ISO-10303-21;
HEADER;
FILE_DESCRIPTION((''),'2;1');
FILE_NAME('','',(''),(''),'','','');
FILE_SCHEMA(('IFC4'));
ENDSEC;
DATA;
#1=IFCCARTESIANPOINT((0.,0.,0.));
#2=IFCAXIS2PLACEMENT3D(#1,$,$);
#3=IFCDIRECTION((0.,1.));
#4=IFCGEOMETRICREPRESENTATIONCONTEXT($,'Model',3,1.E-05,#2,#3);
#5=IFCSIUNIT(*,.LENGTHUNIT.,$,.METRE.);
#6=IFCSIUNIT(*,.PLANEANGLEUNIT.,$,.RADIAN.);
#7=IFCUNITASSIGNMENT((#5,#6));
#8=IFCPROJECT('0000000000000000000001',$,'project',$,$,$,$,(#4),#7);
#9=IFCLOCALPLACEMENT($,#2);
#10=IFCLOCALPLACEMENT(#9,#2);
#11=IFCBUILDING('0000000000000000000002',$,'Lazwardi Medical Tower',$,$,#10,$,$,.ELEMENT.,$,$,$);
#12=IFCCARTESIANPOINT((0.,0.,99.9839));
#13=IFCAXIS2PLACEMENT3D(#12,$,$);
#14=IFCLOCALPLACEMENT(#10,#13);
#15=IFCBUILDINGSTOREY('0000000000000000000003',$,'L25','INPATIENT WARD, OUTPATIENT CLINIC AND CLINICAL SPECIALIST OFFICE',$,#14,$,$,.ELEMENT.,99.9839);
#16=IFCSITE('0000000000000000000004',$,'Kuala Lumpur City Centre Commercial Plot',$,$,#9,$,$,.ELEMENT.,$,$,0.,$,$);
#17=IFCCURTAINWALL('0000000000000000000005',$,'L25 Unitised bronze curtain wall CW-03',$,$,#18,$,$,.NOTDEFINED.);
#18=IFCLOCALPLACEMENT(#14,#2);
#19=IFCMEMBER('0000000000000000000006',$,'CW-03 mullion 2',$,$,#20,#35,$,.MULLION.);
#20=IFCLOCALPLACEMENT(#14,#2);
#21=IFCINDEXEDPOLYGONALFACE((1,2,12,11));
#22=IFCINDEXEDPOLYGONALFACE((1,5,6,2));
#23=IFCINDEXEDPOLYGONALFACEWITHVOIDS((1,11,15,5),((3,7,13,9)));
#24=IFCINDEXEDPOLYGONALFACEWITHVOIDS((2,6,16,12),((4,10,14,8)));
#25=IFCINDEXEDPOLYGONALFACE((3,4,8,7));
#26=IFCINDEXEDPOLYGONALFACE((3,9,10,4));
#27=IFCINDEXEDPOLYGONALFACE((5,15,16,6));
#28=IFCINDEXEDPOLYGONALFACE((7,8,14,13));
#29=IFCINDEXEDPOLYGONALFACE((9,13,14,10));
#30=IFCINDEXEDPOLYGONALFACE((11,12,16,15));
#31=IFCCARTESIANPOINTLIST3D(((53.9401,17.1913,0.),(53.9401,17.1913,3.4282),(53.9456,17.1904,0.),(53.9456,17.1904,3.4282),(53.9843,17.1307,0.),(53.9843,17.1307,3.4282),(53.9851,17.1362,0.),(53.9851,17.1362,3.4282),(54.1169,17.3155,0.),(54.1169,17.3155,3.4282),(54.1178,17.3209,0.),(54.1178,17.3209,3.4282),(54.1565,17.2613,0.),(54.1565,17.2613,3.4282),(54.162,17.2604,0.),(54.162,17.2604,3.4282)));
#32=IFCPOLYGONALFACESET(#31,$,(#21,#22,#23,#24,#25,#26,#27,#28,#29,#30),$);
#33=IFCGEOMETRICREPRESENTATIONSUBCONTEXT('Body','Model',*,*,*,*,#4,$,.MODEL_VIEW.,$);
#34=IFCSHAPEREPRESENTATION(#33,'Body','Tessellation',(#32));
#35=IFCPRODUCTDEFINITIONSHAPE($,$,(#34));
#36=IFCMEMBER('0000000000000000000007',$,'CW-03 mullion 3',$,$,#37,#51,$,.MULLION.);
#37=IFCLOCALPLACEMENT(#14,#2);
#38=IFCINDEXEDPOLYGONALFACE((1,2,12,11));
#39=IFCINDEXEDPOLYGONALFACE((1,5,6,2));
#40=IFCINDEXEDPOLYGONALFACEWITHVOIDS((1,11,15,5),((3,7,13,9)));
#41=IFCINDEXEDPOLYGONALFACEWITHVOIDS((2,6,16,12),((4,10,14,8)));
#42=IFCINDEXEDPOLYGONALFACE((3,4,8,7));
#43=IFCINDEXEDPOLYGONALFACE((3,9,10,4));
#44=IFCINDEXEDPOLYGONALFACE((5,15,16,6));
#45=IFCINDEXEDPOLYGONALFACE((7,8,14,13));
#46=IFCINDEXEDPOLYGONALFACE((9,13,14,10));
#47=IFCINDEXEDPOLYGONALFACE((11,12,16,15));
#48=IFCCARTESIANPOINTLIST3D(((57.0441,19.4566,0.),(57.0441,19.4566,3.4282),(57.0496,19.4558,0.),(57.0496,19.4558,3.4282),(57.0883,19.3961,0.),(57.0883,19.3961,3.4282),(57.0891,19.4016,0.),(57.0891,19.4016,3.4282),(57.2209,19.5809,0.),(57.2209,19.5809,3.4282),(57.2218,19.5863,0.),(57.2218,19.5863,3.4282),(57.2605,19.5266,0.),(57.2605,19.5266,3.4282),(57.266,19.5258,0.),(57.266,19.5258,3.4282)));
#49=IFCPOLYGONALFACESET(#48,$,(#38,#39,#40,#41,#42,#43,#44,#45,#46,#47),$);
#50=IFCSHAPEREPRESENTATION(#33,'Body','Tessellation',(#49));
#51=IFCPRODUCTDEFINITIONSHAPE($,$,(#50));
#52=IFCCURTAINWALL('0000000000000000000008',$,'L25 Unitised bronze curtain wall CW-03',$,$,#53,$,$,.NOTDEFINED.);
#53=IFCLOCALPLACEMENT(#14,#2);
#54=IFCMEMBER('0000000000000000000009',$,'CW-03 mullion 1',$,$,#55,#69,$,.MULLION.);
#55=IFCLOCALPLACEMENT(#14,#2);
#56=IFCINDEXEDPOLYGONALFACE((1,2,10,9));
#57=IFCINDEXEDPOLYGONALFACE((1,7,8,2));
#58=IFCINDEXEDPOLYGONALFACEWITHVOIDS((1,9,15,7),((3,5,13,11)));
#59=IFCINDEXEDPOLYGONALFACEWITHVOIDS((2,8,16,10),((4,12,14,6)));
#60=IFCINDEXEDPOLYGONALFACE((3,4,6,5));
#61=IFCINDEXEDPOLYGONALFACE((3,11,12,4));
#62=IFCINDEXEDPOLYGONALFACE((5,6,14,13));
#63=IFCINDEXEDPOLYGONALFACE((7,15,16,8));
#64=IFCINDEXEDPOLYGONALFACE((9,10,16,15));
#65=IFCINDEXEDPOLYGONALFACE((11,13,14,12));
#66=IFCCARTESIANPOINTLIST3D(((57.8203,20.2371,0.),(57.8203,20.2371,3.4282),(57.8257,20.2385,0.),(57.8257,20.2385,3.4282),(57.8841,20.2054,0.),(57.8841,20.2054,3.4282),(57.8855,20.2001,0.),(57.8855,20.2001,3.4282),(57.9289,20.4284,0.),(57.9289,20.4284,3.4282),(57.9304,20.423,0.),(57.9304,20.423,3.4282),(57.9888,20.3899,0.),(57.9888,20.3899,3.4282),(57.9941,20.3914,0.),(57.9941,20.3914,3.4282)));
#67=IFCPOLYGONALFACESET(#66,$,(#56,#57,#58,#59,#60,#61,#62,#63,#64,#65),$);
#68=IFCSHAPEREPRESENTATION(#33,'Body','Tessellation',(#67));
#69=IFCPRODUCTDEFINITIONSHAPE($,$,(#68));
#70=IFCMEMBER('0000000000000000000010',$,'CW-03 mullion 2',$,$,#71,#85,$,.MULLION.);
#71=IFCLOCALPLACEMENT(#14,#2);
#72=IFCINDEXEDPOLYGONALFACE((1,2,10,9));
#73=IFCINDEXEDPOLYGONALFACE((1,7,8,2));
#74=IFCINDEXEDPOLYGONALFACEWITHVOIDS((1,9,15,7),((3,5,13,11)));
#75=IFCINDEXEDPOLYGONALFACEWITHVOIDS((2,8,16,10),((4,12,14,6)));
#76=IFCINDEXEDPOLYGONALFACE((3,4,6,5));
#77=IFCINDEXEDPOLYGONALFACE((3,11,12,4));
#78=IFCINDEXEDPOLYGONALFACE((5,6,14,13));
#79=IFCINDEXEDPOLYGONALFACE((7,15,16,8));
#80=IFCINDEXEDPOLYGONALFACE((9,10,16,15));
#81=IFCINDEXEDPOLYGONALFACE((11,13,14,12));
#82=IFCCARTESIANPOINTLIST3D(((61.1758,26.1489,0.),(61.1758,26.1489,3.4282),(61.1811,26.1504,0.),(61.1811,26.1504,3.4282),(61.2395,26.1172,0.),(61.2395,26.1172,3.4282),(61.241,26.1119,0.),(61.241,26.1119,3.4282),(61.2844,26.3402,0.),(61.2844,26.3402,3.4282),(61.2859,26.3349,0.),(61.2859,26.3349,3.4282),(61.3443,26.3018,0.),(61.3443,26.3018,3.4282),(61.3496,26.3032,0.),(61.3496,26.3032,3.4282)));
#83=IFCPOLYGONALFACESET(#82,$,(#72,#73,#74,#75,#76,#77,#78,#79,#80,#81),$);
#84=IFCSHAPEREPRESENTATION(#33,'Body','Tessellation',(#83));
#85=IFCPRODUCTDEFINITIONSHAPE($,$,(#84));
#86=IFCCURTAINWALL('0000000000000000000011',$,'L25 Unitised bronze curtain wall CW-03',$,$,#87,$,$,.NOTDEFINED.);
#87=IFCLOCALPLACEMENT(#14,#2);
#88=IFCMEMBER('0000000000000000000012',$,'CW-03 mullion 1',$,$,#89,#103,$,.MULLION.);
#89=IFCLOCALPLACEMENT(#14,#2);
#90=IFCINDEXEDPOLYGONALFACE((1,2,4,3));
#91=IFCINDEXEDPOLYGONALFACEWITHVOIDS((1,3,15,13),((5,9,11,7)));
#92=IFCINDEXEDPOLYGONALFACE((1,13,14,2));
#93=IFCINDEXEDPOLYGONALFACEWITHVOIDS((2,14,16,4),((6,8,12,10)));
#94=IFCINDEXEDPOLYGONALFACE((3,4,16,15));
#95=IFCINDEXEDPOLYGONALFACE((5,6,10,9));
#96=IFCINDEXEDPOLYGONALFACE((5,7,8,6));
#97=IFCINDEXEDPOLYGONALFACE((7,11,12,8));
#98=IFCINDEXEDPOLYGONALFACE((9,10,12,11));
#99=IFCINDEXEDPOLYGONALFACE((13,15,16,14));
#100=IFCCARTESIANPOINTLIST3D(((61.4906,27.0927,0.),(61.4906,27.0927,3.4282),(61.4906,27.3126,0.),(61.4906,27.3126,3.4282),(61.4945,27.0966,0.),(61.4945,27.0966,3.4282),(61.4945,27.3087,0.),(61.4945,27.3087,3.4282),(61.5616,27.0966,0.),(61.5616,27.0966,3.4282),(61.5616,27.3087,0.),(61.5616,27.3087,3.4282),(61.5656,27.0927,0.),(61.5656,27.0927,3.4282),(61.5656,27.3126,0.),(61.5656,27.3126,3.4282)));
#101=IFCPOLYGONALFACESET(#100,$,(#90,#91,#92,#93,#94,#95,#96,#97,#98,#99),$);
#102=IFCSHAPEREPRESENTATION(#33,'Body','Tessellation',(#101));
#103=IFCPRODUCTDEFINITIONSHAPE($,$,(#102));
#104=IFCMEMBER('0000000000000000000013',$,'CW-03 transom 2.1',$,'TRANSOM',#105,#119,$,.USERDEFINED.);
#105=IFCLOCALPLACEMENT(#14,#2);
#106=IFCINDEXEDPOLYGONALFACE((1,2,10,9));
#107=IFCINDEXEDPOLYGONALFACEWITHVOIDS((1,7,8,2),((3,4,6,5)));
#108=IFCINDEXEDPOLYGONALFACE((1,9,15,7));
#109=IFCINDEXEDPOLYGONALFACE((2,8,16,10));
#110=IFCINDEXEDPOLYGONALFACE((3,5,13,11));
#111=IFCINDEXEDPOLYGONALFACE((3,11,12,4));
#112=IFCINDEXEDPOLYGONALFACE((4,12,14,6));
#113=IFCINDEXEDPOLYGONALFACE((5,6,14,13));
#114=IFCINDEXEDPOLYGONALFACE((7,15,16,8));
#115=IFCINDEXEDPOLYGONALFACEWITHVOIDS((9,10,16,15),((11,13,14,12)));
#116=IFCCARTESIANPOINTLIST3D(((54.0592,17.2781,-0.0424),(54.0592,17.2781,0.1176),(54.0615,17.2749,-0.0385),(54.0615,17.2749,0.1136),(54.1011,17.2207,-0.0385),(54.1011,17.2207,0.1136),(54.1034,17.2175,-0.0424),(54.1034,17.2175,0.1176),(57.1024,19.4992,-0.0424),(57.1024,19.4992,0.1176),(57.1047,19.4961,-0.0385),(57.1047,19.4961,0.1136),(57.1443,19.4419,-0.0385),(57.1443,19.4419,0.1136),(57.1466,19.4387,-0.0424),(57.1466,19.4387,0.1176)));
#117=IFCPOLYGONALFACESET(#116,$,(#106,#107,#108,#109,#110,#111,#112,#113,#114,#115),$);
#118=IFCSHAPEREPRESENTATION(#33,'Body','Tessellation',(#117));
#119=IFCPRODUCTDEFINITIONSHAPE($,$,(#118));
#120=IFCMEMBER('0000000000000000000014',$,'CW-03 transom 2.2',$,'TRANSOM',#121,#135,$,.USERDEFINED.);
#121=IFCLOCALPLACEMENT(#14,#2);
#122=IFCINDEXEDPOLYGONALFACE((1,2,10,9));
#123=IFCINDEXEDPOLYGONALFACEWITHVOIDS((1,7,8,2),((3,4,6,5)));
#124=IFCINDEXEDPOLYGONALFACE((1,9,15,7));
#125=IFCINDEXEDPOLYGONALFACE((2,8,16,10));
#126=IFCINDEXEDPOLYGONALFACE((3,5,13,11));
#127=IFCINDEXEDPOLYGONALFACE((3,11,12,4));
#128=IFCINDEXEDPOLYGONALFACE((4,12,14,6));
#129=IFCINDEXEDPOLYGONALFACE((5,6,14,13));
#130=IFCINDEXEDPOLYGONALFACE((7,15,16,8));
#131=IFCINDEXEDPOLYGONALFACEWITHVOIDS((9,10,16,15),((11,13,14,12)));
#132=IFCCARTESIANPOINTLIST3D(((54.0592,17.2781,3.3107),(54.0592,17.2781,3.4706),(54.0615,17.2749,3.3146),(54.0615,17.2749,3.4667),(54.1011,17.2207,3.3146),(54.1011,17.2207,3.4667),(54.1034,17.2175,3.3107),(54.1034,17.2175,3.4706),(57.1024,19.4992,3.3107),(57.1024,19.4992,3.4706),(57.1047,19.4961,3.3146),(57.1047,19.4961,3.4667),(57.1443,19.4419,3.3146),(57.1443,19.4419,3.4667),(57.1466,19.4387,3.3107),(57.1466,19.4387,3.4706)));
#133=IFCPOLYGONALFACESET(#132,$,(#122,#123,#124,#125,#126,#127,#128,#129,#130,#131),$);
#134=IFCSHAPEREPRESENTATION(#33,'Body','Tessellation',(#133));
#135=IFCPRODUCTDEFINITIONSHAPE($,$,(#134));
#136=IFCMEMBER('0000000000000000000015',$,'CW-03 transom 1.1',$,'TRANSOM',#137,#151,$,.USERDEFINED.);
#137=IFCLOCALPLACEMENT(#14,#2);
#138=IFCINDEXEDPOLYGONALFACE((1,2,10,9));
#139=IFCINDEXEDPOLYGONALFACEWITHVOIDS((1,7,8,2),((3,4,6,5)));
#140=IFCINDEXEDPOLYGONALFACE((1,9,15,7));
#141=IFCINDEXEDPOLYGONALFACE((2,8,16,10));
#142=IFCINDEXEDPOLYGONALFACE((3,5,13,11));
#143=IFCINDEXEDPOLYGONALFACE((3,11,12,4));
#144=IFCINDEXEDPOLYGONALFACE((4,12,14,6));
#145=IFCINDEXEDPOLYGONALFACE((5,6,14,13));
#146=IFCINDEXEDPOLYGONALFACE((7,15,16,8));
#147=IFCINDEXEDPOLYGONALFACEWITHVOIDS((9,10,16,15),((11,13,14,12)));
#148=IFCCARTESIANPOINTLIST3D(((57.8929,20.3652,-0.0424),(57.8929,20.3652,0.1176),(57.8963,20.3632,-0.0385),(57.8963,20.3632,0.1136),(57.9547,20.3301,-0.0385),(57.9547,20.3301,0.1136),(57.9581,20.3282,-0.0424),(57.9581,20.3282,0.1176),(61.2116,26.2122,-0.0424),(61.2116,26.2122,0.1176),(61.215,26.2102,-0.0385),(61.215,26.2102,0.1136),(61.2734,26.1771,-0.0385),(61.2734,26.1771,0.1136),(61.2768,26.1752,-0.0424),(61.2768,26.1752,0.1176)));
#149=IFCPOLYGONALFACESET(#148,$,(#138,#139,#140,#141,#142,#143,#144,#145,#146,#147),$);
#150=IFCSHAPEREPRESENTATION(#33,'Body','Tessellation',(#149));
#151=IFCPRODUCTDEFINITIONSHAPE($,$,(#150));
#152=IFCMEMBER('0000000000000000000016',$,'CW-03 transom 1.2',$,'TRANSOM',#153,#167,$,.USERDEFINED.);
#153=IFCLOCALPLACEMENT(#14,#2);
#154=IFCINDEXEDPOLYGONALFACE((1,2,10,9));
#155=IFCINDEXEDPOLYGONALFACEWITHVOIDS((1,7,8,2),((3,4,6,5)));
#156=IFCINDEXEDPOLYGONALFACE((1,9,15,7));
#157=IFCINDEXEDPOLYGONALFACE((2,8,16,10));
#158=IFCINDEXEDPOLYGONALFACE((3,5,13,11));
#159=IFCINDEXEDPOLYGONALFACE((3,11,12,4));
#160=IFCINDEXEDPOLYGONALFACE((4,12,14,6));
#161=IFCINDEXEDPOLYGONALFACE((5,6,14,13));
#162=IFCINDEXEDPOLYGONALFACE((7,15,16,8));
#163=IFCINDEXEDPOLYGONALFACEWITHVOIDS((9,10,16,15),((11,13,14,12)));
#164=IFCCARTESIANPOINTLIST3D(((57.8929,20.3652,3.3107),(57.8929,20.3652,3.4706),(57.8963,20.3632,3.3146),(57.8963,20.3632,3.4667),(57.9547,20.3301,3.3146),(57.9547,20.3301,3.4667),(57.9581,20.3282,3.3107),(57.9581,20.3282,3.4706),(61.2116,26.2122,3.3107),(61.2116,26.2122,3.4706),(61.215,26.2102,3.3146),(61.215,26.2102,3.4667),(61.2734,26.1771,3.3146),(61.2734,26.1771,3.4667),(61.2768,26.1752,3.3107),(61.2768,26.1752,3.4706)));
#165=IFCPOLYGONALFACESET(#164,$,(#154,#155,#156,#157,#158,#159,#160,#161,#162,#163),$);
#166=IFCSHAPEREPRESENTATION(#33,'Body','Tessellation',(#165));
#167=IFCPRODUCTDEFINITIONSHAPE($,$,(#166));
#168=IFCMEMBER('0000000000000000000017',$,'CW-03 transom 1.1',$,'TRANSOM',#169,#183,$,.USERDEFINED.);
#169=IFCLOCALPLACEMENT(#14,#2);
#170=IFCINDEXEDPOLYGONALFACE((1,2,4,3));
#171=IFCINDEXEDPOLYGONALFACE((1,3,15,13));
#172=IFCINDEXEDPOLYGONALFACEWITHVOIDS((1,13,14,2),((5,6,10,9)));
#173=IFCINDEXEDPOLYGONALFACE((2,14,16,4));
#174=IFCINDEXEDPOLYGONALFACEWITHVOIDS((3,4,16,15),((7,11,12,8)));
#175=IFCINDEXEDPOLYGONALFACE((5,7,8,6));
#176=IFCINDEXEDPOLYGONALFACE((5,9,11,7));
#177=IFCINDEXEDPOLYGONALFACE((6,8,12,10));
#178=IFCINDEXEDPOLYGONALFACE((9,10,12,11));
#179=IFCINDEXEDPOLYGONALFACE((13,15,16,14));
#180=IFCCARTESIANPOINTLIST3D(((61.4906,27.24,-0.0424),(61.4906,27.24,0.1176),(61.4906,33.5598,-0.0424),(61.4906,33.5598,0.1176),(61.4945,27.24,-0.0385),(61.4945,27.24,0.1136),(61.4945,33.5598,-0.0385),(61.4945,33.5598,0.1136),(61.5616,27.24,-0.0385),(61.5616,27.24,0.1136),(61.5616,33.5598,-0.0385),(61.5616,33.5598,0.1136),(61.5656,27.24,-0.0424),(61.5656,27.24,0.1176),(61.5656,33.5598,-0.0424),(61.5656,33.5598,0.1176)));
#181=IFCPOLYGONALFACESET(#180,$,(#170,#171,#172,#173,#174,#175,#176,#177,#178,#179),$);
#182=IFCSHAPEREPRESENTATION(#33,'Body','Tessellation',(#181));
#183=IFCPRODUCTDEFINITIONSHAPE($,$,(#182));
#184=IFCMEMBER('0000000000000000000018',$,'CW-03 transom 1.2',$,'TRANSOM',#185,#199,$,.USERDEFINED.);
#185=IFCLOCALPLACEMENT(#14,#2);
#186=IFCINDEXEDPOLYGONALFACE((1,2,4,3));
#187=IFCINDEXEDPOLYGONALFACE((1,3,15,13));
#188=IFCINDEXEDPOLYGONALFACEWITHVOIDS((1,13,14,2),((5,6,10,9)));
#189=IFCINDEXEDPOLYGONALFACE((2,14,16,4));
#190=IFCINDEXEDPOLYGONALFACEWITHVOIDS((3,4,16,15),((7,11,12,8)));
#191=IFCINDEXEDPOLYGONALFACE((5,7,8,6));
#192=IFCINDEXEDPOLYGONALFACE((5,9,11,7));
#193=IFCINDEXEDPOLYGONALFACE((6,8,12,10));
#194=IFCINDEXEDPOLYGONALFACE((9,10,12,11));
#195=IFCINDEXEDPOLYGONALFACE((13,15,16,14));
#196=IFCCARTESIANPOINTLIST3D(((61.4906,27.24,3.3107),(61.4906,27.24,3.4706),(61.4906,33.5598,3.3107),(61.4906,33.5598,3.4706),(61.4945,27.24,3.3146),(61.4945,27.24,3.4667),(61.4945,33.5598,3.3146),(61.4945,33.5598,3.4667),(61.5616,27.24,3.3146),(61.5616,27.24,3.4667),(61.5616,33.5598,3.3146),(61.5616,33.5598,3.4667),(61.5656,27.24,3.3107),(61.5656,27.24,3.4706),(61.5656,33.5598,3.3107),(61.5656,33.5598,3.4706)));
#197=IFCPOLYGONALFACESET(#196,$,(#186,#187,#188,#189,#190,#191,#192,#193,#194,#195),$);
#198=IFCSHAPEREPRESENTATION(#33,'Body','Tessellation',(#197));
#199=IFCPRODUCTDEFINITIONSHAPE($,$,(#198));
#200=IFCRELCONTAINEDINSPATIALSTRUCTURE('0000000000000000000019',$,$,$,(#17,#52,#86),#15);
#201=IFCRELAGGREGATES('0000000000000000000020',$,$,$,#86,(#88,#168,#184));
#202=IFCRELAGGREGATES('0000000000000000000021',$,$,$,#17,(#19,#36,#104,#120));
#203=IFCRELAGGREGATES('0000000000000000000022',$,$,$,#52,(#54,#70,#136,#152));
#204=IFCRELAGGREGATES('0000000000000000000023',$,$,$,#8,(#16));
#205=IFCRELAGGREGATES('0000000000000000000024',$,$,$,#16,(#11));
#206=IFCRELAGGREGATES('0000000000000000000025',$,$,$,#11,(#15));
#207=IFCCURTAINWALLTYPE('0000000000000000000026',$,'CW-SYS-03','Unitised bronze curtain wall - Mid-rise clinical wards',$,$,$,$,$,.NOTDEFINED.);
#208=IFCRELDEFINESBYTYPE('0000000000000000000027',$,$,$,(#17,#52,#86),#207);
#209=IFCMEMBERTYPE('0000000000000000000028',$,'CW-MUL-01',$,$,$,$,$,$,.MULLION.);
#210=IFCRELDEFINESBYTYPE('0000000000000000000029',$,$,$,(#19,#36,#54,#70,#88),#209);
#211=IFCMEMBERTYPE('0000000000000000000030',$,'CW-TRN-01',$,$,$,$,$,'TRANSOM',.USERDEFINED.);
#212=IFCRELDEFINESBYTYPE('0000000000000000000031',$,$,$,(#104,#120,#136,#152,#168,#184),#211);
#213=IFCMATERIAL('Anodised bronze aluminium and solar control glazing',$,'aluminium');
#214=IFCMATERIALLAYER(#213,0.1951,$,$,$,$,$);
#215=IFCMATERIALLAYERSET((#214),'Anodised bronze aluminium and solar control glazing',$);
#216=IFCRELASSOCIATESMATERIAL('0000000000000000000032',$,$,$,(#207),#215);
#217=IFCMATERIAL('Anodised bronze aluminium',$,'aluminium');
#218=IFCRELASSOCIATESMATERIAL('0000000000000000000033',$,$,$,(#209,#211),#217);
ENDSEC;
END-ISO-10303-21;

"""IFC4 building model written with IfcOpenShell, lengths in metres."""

from ifc_helpers import new_model, si_unit, direction, frame, origin, origin_2d, place, context, subcontext, project, spatial, hollow_rectangle, extrude, material, layer, layer_set, material_profile, profile_set, type_object, element, aggregate, save


model = new_model("IFC4")

# Units and contexts
model_context = context("Model", 3, precision=1e-05, world=origin(), true_north=direction((0.0, 1.0)))
body_context = subcontext(model_context, "Body", "Model", "MODEL_VIEW")
ifc_project = project(units=[si_unit("LENGTHUNIT", "METRE"), si_unit("PLANEANGLEUNIT", "RADIAN")], contexts=[model_context])

# Site, building, storey
site_placement = place(None, origin())
site = spatial("IfcSite", under=ifc_project, at=site_placement, Name="Kuala Lumpur City Centre Commercial Plot", CompositionType="ELEMENT", RefElevation=0.0)
building_placement = place(site_placement, origin())
building = spatial("IfcBuilding", under=site, at=building_placement, Name="Lazwardi Medical Tower", CompositionType="ELEMENT")
storey_placement = place(building_placement, frame((0.0, 0.0, 99.9839)))
storey = spatial("IfcBuildingStorey", under=building, at=storey_placement, Name="L25", Description="INPATIENT WARD, OUTPATIENT CLINIC AND CLINICAL SPECIALIST OFFICE", CompositionType="ELEMENT", Elevation=99.9839)

# Curtain walls, members
ifc_material_1 = material(Name="Anodised bronze aluminium and solar control glazing", Category="aluminium")
ifc_layer_1 = layer(ifc_material_1, 0.1951)
ifc_layer_set_1 = layer_set([ifc_layer_1], Name="Anodised bronze aluminium and solar control glazing")
curtain_wall_type = type_object("IfcCurtainWallType", Name="CW-SYS-03", Description="Unitised bronze curtain wall - Mid-rise clinical wards", PredefinedType="NOTDEFINED", material=ifc_layer_set_1)
curtain_wall_1_placement = place(storey_placement, origin())
curtain_wall_1 = element("IfcCurtainWall", 1, at=curtain_wall_1_placement, inside=storey, type_object=curtain_wall_type, Name="L25 Unitised bronze curtain wall CW-03", PredefinedType="NOTDEFINED")
ifc_material_2 = material(Name="Anodised bronze aluminium", Category="aluminium")
ifc_material_profile_1 = material_profile(ifc_material_2, hollow_rectangle(XDim=0.075, YDim=0.22, WallThickness=0.0039, at=origin_2d()), Name="ALU-MULLION 220x75x4")
ifc_profile_set_1 = profile_set([ifc_material_profile_1], Name="Anodised bronze aluminium")
member_type_1 = type_object("IfcMemberType", Name="CW-MUL-01", PredefinedType="MULLION", material=ifc_profile_set_1)
member_1_placement = place(storey_placement, frame((54.051, 17.2258, 0.0), z_axis=(0.0, 0.0, 1.0), x_axis=(-0.589531, 0.807746, 0.0)))
member_1 = element("IfcMember", 2, at=member_1_placement, type_object=member_type_1, Name="CW-03 mullion 2", PredefinedType="MULLION", context=body_context, shape_type="SweptSolid", body=[
    extrude(hollow_rectangle(XDim=0.075, YDim=0.22, WallThickness=0.0039, at=origin_2d()), origin(), (0.0, 0.0, 1.0), 3.4282),
])
member_2_placement = place(storey_placement, frame((57.155, 19.4912, 0.0), z_axis=(0.0, 0.0, 1.0), x_axis=(-0.589531, 0.807746, 0.0)))
member_2 = element("IfcMember", 3, at=member_2_placement, type_object=member_type_1, Name="CW-03 mullion 3", PredefinedType="MULLION", context=body_context, shape_type="SweptSolid", body=[
    extrude(hollow_rectangle(XDim=0.075, YDim=0.22, WallThickness=0.0039, at=origin_2d()), origin(), (0.0, 0.0, 1.0), 3.4282),
])
curtain_wall_2_placement = place(storey_placement, origin())
curtain_wall_2 = element("IfcCurtainWall", 4, at=curtain_wall_2_placement, inside=storey, type_object=curtain_wall_type, Name="L25 Unitised bronze curtain wall CW-03", PredefinedType="NOTDEFINED")
member_3_placement = place(storey_placement, frame((57.9072, 20.3142, 0.0), z_axis=(0.0, 0.0, 1.0), x_axis=(-0.869687, 0.493603, 0.0)))
member_3 = element("IfcMember", 5, at=member_3_placement, type_object=member_type_1, Name="CW-03 mullion 1", PredefinedType="MULLION", context=body_context, shape_type="SweptSolid", body=[
    extrude(hollow_rectangle(XDim=0.075, YDim=0.22, WallThickness=0.0039, at=origin_2d()), origin(), (0.0, 0.0, 1.0), 3.4282),
])
member_4_placement = place(storey_placement, frame((61.2627, 26.2261, 0.0), z_axis=(0.0, 0.0, 1.0), x_axis=(-0.869687, 0.493603, 0.0)))
member_4 = element("IfcMember", 6, at=member_4_placement, type_object=member_type_1, Name="CW-03 mullion 2", PredefinedType="MULLION", context=body_context, shape_type="SweptSolid", body=[
    extrude(hollow_rectangle(XDim=0.075, YDim=0.22, WallThickness=0.0039, at=origin_2d()), origin(), (0.0, 0.0, 1.0), 3.4282),
])

# Curtain wall, member
curtain_wall_3_placement = place(storey_placement, origin())
curtain_wall_3 = element("IfcCurtainWall", 7, at=curtain_wall_3_placement, inside=storey, type_object=curtain_wall_type, Name="L25 Unitised bronze curtain wall CW-03", PredefinedType="NOTDEFINED")
member_5_placement = place(storey_placement, frame((61.5281, 27.2026, 0.0), z_axis=(0.0, 0.0, 1.0), x_axis=(-1.0, 0.0, 0.0)))
member_5 = element("IfcMember", 8, at=member_5_placement, type_object=member_type_1, Name="CW-03 mullion 1", PredefinedType="MULLION", context=body_context, shape_type="SweptSolid", body=[
    extrude(hollow_rectangle(XDim=0.075, YDim=0.22, WallThickness=0.0039, at=origin_2d()), origin(), (0.0, 0.0, 1.0), 3.4282),
])

# Members
ifc_material_profile_2 = material_profile(ifc_material_2, hollow_rectangle(XDim=0.075, YDim=0.1599, WallThickness=0.0039, at=origin_2d()), Name="ALU-TRANSOM 160x75x4")
ifc_profile_set_2 = profile_set([ifc_material_profile_2], Name="Anodised bronze aluminium")
member_type_2 = type_object("IfcMemberType", Name="CW-TRN-01", ElementType="TRANSOM", PredefinedType="USERDEFINED", material=ifc_profile_set_2)
member_6_placement = place(storey_placement, frame((54.0813, 17.2478, 0.0376), z_axis=(0.807732, 0.58955, 0.0), x_axis=(-0.58955, 0.807732, 0.0)))
member_6 = element("IfcMember", 9, at=member_6_placement, type_object=member_type_2, Name="CW-03 transom 2.1", ObjectType="TRANSOM", PredefinedType="USERDEFINED", context=body_context, shape_type="SweptSolid", body=[
    extrude(hollow_rectangle(XDim=0.075, YDim=0.1599, WallThickness=0.0039, at=origin_2d()), origin(), (0.0, 0.0, 1.0), 3.7676),
])
member_7_placement = place(storey_placement, frame((54.0813, 17.2478, 3.3906), z_axis=(0.807732, 0.58955, 0.0), x_axis=(-0.58955, 0.807732, 0.0)))
member_7 = element("IfcMember", 10, at=member_7_placement, type_object=member_type_2, Name="CW-03 transom 2.2", ObjectType="TRANSOM", PredefinedType="USERDEFINED", context=body_context, shape_type="SweptSolid", body=[
    extrude(hollow_rectangle(XDim=0.075, YDim=0.1599, WallThickness=0.0039, at=origin_2d()), origin(), (0.0, 0.0, 1.0), 3.7676),
])
member_8_placement = place(storey_placement, frame((57.9255, 20.3467, 0.0376), z_axis=(0.493614, 0.869681, 0.0), x_axis=(-0.869681, 0.493614, 0.0)))
member_8 = element("IfcMember", 11, at=member_8_placement, type_object=member_type_2, Name="CW-03 transom 1.1", ObjectType="TRANSOM", PredefinedType="USERDEFINED", context=body_context, shape_type="SweptSolid", body=[
    extrude(hollow_rectangle(XDim=0.075, YDim=0.1599, WallThickness=0.0039, at=origin_2d()), origin(), (0.0, 0.0, 1.0), 6.7231),
])
member_9_placement = place(storey_placement, frame((57.9255, 20.3467, 3.3906), z_axis=(0.493614, 0.869681, 0.0), x_axis=(-0.869681, 0.493614, 0.0)))
member_9 = element("IfcMember", 12, at=member_9_placement, type_object=member_type_2, Name="CW-03 transom 1.2", ObjectType="TRANSOM", PredefinedType="USERDEFINED", context=body_context, shape_type="SweptSolid", body=[
    extrude(hollow_rectangle(XDim=0.075, YDim=0.1599, WallThickness=0.0039, at=origin_2d()), origin(), (0.0, 0.0, 1.0), 6.7231),
])
member_10_placement = place(storey_placement, frame((61.5281, 27.24, 0.0376), z_axis=(0.0, 1.0, 0.0), x_axis=(-1.0, 0.0, 0.0)))
member_10 = element("IfcMember", 13, at=member_10_placement, type_object=member_type_2, Name="CW-03 transom 1.1", ObjectType="TRANSOM", PredefinedType="USERDEFINED", context=body_context, shape_type="SweptSolid", body=[
    extrude(hollow_rectangle(XDim=0.075, YDim=0.1599, WallThickness=0.0039, at=origin_2d()), origin(), (0.0, 0.0, 1.0), 6.3198),
])
member_11_placement = place(storey_placement, frame((61.5281, 27.24, 3.3906), z_axis=(0.0, 1.0, 0.0), x_axis=(-1.0, 0.0, 0.0)))
member_11 = element("IfcMember", 14, at=member_11_placement, type_object=member_type_2, Name="CW-03 transom 1.2", ObjectType="TRANSOM", PredefinedType="USERDEFINED", context=body_context, shape_type="SweptSolid", body=[
    extrude(hollow_rectangle(XDim=0.075, YDim=0.1599, WallThickness=0.0039, at=origin_2d()), origin(), (0.0, 0.0, 1.0), 6.3198),
])
aggregate(curtain_wall_3, [member_5, member_10, member_11])

aggregate(curtain_wall_1, [member_1, member_2, member_6, member_7])
aggregate(curtain_wall_2, [member_3, member_4, member_8, member_9])

save(model, "model.ifc")
